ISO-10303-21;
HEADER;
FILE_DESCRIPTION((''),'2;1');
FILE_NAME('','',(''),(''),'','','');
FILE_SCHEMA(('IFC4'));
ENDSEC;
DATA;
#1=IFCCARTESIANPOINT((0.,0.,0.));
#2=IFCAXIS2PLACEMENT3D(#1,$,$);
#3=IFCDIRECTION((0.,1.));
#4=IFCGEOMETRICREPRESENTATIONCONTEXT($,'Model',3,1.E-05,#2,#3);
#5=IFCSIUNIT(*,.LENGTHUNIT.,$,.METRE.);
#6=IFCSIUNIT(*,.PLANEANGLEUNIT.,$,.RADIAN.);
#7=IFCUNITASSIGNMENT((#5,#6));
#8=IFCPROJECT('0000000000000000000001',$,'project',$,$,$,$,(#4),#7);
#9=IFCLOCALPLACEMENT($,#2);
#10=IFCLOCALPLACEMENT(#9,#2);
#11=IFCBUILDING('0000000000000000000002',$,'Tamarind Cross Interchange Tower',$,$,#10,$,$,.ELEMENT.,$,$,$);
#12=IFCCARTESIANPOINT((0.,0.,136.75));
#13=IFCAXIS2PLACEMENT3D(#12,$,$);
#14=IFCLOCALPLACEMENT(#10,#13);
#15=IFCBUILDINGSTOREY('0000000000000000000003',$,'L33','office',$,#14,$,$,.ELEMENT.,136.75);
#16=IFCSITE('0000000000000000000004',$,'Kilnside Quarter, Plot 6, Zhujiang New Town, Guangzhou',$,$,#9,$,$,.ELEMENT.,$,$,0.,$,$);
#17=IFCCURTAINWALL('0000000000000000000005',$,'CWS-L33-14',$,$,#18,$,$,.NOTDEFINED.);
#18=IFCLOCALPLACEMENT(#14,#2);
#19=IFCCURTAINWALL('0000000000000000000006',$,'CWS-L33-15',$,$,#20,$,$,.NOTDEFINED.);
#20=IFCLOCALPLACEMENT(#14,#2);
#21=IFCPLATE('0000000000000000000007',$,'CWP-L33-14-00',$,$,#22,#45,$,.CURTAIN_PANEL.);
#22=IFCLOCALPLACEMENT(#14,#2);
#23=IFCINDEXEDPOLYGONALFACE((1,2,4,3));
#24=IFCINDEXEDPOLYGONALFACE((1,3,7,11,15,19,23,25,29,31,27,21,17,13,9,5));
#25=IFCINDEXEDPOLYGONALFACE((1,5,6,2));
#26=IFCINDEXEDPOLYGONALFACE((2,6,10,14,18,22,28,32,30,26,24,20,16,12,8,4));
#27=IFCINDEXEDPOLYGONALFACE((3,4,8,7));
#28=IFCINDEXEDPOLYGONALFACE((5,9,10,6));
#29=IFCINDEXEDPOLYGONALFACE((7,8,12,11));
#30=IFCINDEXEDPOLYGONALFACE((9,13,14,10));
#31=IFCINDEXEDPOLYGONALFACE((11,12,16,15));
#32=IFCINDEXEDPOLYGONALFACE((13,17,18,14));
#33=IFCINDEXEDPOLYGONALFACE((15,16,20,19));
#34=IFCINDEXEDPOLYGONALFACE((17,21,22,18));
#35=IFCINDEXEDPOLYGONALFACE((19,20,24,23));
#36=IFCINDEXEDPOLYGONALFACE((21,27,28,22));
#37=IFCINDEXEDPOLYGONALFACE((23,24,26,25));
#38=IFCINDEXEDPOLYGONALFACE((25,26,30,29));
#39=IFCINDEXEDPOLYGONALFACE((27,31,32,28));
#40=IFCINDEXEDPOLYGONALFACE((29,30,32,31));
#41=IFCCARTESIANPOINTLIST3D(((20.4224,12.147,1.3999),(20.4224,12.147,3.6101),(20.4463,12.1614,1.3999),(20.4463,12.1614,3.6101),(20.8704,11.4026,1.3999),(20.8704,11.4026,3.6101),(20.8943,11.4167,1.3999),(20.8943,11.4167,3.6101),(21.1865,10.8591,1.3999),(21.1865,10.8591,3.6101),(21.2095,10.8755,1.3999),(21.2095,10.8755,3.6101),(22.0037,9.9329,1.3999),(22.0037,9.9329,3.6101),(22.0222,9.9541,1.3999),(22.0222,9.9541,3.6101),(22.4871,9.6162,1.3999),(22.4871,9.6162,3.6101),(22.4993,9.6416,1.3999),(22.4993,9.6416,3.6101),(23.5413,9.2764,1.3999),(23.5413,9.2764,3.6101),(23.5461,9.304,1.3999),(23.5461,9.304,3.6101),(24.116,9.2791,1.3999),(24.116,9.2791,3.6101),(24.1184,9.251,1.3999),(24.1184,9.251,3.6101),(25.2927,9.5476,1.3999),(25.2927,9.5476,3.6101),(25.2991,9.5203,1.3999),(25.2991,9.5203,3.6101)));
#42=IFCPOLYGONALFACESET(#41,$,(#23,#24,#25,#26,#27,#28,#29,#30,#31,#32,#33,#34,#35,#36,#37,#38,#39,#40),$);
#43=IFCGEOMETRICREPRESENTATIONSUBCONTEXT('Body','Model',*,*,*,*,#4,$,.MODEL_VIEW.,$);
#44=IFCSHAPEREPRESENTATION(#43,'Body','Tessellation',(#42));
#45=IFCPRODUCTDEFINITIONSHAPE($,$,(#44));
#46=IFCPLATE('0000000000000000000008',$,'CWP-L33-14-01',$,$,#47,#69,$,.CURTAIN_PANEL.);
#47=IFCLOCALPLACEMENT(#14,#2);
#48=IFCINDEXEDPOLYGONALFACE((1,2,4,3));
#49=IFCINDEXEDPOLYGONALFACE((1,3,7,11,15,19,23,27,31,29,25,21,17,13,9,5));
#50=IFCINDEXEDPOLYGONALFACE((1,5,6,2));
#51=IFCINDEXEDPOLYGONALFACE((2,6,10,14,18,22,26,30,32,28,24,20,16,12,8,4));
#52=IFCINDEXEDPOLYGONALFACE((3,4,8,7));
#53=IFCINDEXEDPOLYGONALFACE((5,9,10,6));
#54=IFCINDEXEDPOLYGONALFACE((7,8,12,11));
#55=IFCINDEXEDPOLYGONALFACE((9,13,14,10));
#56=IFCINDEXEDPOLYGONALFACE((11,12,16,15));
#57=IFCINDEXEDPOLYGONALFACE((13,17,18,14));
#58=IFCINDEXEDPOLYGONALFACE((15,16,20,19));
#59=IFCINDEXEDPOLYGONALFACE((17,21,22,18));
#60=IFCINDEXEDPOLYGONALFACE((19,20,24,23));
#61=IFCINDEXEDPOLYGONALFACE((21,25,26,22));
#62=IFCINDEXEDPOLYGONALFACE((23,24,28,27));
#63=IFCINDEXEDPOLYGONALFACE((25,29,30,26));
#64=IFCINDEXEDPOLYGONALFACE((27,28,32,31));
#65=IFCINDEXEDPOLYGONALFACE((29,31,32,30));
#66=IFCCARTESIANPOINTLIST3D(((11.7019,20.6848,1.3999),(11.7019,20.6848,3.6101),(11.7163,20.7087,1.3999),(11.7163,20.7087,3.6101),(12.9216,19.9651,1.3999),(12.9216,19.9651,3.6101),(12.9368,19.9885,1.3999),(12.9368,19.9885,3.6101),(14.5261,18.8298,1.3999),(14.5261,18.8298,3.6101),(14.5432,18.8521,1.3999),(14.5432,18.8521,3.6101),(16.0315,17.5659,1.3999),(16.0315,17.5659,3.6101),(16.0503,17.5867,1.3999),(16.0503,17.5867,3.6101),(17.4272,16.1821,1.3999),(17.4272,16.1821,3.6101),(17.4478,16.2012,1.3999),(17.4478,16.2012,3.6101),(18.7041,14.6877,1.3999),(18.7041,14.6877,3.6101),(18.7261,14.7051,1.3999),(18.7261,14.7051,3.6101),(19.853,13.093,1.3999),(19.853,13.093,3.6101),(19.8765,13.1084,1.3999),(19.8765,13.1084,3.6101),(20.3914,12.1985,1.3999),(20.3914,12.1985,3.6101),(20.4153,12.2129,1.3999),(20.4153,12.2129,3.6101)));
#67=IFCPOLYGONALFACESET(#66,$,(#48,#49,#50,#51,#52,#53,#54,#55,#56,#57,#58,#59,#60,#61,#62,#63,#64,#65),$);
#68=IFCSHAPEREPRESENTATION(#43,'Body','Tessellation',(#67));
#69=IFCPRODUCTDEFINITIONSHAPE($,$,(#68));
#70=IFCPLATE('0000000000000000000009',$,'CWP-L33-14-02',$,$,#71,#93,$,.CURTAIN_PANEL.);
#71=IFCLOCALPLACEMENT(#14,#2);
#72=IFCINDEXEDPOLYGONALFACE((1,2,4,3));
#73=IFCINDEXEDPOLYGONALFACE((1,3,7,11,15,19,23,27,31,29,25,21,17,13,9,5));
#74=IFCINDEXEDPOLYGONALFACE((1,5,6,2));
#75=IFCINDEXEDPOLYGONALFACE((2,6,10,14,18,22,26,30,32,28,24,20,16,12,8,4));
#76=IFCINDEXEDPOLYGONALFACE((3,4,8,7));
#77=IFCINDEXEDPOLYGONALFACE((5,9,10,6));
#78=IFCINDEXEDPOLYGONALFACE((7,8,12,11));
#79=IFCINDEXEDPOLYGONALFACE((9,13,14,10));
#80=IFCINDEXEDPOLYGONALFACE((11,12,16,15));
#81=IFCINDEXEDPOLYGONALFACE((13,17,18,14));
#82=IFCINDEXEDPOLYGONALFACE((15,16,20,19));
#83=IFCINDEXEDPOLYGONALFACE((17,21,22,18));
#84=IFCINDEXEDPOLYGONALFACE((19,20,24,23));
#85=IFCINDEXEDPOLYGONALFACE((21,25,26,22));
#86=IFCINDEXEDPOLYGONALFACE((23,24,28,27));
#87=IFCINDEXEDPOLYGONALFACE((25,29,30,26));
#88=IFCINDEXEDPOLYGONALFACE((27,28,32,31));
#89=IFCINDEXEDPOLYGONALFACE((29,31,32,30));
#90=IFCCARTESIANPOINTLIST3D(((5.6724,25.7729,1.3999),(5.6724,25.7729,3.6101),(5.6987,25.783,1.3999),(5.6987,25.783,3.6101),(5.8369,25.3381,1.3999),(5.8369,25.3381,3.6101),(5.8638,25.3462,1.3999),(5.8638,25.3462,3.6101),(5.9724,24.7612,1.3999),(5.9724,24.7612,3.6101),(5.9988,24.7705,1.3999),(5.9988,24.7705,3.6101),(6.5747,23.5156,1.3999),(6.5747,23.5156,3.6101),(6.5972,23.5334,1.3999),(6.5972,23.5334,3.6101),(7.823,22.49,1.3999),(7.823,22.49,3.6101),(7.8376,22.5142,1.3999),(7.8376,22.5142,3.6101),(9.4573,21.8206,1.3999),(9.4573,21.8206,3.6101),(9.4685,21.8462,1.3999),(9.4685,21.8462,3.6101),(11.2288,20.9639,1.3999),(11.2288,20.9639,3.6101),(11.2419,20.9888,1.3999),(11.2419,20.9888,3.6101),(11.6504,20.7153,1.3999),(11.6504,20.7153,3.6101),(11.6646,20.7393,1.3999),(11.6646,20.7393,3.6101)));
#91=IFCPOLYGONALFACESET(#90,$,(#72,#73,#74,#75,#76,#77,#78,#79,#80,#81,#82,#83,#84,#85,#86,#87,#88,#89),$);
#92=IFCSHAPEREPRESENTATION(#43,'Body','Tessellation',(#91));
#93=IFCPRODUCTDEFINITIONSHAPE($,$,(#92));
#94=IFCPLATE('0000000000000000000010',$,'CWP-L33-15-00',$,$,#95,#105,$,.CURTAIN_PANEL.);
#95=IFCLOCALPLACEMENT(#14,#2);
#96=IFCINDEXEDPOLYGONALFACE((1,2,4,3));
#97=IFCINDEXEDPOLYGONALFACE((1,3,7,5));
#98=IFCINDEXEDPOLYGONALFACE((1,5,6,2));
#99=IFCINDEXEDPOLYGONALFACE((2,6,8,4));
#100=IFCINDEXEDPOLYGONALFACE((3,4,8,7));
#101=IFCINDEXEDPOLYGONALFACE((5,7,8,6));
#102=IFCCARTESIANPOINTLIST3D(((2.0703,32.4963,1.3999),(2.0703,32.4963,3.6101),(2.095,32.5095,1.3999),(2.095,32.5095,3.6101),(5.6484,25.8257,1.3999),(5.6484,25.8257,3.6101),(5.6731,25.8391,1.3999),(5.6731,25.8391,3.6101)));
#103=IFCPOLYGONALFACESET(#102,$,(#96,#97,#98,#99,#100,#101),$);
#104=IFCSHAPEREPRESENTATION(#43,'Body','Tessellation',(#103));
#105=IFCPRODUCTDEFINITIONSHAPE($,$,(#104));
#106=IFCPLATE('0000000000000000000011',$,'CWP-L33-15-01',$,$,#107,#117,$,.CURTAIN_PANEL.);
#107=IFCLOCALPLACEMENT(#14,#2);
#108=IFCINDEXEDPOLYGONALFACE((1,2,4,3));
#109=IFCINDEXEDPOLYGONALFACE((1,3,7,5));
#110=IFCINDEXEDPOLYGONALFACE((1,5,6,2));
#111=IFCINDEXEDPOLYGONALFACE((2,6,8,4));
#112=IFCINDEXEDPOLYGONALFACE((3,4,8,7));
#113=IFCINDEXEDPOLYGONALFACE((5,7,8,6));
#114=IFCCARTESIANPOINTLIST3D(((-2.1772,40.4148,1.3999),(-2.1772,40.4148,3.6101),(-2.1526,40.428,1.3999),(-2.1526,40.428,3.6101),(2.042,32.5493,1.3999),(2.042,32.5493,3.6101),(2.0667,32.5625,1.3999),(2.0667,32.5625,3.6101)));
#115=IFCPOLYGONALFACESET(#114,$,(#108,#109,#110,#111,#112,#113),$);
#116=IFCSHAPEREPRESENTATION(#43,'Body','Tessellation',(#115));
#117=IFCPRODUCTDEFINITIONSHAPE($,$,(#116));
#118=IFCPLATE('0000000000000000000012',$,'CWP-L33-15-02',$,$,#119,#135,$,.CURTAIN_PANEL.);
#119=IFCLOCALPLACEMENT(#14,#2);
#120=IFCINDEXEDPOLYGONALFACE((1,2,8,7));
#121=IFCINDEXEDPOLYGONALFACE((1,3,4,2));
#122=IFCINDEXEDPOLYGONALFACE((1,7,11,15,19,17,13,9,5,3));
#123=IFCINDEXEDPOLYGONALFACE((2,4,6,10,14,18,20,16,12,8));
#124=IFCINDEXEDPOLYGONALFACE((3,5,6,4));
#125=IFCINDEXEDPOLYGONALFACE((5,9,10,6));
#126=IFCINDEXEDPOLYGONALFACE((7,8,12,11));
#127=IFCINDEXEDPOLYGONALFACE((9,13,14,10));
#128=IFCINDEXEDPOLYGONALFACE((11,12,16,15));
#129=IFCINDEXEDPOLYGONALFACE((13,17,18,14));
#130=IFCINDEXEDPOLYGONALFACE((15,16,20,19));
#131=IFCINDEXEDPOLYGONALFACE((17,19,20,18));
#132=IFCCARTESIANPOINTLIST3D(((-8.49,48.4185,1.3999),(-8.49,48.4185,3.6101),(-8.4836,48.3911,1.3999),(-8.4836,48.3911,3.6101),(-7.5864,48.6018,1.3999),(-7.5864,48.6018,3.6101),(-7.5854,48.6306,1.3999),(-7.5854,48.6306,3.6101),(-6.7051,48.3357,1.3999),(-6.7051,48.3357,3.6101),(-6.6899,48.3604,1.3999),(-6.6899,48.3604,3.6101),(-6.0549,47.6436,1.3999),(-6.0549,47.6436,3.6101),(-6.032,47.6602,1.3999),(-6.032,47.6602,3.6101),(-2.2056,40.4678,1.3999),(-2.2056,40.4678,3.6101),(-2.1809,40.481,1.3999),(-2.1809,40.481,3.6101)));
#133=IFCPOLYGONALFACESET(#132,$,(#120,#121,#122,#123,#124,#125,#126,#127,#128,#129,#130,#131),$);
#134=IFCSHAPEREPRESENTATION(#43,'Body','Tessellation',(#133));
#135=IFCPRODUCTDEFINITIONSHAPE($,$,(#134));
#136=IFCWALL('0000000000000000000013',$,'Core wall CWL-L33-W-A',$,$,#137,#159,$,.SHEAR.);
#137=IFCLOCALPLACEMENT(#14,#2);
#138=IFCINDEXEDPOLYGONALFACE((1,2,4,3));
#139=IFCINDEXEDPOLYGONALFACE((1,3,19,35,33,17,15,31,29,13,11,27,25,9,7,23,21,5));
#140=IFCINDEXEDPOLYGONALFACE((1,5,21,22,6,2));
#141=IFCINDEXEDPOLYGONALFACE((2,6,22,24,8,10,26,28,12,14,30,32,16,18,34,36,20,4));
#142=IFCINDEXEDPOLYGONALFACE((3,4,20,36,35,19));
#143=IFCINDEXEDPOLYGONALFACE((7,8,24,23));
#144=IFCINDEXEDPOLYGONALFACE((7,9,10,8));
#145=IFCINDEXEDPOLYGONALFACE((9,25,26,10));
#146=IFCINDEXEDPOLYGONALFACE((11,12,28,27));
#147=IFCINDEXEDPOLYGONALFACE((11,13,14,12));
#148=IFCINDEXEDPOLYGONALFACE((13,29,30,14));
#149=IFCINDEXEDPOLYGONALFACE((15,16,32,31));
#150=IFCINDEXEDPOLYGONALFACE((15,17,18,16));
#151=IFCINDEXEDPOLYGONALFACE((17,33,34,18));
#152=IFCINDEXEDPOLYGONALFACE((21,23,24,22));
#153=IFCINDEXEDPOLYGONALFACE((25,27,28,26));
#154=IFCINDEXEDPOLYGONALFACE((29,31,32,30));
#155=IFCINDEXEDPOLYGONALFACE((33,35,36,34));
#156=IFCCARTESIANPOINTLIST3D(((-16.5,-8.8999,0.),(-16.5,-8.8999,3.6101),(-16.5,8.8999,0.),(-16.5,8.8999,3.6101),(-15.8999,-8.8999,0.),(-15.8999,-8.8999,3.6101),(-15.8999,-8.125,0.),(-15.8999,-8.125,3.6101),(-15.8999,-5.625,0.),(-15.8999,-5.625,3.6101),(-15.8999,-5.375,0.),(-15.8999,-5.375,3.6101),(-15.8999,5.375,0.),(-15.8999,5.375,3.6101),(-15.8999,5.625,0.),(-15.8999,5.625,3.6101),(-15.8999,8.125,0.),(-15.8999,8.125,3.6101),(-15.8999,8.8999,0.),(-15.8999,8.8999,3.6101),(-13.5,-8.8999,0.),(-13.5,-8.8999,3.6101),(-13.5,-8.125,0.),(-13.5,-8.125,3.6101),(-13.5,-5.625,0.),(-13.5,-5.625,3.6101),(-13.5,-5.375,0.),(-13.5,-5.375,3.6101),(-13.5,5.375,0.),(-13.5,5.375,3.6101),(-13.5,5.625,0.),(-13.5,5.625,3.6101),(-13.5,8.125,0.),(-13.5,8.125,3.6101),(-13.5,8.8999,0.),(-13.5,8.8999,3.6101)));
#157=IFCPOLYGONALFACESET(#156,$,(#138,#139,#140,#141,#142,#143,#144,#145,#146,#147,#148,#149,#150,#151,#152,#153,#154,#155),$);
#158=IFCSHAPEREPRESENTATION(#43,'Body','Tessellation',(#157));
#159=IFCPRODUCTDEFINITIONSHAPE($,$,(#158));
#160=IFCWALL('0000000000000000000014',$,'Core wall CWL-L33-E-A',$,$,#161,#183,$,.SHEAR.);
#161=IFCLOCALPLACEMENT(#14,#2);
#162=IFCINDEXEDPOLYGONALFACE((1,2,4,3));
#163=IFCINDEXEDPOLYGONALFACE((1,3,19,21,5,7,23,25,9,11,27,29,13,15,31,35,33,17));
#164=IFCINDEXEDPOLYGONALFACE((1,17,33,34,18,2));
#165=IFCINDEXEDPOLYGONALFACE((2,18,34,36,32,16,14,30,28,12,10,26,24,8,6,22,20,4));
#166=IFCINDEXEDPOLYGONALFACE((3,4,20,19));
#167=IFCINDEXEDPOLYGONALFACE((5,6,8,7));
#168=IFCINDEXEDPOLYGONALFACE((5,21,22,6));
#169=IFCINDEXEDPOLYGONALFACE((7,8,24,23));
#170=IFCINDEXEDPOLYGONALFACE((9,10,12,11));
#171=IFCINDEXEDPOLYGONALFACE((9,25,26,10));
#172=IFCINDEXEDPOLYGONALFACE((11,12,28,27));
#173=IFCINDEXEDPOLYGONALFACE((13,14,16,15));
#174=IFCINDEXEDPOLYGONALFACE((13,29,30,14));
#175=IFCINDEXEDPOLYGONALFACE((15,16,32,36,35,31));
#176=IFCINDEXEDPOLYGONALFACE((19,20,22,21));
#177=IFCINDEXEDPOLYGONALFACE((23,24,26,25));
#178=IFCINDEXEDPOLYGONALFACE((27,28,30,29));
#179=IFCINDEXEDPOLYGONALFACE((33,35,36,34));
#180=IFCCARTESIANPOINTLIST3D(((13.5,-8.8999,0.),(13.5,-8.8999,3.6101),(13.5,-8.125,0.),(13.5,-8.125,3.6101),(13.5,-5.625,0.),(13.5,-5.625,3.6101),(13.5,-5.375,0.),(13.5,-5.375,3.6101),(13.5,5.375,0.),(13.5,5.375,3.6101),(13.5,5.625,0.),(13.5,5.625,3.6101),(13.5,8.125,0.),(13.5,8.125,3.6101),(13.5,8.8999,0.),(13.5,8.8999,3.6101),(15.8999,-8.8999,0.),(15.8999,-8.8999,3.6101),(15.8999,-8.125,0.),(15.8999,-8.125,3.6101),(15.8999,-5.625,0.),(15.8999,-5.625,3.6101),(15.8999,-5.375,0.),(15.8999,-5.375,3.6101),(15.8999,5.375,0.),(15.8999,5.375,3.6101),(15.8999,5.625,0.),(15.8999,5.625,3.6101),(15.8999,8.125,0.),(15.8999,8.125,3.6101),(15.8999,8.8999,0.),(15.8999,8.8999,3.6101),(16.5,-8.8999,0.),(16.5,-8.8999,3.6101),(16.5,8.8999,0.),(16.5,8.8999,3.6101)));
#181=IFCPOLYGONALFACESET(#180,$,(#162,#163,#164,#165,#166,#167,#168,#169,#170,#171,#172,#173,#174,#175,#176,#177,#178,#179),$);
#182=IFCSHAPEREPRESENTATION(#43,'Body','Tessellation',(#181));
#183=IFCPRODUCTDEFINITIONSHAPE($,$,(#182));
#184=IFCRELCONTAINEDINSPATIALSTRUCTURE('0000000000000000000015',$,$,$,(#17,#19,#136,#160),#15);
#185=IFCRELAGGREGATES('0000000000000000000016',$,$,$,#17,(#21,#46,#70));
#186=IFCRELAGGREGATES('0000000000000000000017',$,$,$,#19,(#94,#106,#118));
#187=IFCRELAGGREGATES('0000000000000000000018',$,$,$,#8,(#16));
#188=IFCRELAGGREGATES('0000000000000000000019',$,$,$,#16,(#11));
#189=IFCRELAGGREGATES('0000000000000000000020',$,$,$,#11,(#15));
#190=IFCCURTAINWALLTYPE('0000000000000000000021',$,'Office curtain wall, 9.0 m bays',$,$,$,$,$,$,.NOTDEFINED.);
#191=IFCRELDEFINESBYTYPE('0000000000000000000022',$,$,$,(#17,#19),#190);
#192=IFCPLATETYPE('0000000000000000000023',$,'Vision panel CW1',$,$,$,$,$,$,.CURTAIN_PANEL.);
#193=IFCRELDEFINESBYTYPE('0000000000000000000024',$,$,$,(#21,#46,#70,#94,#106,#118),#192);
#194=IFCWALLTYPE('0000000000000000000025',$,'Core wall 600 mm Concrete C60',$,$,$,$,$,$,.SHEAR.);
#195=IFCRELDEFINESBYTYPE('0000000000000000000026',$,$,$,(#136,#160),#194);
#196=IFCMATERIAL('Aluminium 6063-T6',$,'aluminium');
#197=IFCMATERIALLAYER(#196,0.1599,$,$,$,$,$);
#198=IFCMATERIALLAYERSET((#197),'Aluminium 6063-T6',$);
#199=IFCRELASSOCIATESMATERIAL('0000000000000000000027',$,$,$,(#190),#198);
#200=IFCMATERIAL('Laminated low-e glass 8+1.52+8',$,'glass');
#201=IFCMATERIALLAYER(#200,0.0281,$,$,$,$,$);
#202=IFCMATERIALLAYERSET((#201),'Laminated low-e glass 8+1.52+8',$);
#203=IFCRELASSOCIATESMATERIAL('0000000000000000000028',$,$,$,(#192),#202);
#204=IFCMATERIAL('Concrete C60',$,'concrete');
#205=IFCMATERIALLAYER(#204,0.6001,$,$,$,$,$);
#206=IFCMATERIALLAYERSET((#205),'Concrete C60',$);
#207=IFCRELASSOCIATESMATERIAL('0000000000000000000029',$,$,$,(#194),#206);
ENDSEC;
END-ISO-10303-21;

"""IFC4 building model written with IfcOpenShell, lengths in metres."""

from ifc_helpers import new_model, si_unit, direction, frame, origin, place, context, subcontext, project, spatial, polyline, outline, extrude, material, layer, layer_set, type_object, element, aggregate, save


model = new_model("IFC4")

# Units and contexts
model_context = context("Model", 3, precision=1e-05, world=origin(), true_north=direction((0.0, 1.0)))
body_context = subcontext(model_context, "Body", "Model", "MODEL_VIEW")
ifc_project = project(units=[si_unit("LENGTHUNIT", "METRE"), si_unit("PLANEANGLEUNIT", "RADIAN")], contexts=[model_context])

# Site, building, storey
site_placement = place(None, origin())
site = spatial("IfcSite", under=ifc_project, at=site_placement, Name="Kilnside Quarter, Plot 6, Zhujiang New Town, Guangzhou", CompositionType="ELEMENT", RefElevation=0.0)
building_placement = place(site_placement, origin())
building = spatial("IfcBuilding", under=site, at=building_placement, Name="Tamarind Cross Interchange Tower", CompositionType="ELEMENT")
storey_placement = place(building_placement, frame((0.0, 0.0, 136.75)))
storey = spatial("IfcBuildingStorey", under=building, at=storey_placement, Name="L33", Description="office", CompositionType="ELEMENT", Elevation=136.75)

# Curtain walls
ifc_material_1 = material(Name="Aluminium 6063-T6", Category="aluminium")
ifc_layer_1 = layer(ifc_material_1, 0.1599)
ifc_layer_set_1 = layer_set([ifc_layer_1], Name="Aluminium 6063-T6")
curtain_wall_type = type_object("IfcCurtainWallType", Name="Office curtain wall, 9.0 m bays", PredefinedType="NOTDEFINED", material=ifc_layer_set_1)
curtain_wall_1_placement = place(storey_placement, origin())
curtain_wall_1 = element("IfcCurtainWall", 1, at=curtain_wall_1_placement, inside=storey, type_object=curtain_wall_type, Name="CWS-L33-14", PredefinedType="NOTDEFINED")
curtain_wall_2_placement = place(storey_placement, origin())
curtain_wall_2 = element("IfcCurtainWall", 2, at=curtain_wall_2_placement, inside=storey, type_object=curtain_wall_type, Name="CWS-L33-15", PredefinedType="NOTDEFINED")

# Plates
ifc_material_2 = material(Name="Laminated low-e glass 8+1.52+8", Category="glass")
ifc_layer_2 = layer(ifc_material_2, 0.0281)
ifc_layer_set_2 = layer_set([ifc_layer_2], Name="Laminated low-e glass 8+1.52+8")
plate_type = type_object("IfcPlateType", Name="Vision panel CW1", PredefinedType="CURTAIN_PANEL", material=ifc_layer_set_2)
plate_1_placement = place(storey_placement, frame((0.0, 0.0, 1.3999)))
plate_1 = element("IfcPlate", 3, at=plate_1_placement, type_object=plate_type, Name="CWP-L33-14-00", PredefinedType="CURTAIN_PANEL", context=body_context, shape_type="SweptSolid", body=[
    extrude(outline(polyline([(25.2991, 9.5203), (24.1184, 9.251), (23.5413, 9.2764), (22.4871, 9.6162), (22.0037, 9.9329), (21.1865, 10.8591), (20.8704, 11.4026), (20.4224, 12.147), (20.4463, 12.1614), (20.8943, 11.4167), (21.2095, 10.8755), (22.0222, 9.9541), (22.4993, 9.6416), (23.5461, 9.304), (24.116, 9.2791), (25.2927, 9.5476), (25.2991, 9.5203)])), origin(), (0.0, 0.0, 1.0), 2.2102),
])
plate_2_placement = place(storey_placement, frame((0.0, 0.0, 1.3999)))
plate_2 = element("IfcPlate", 4, at=plate_2_placement, type_object=plate_type, Name="CWP-L33-14-01", PredefinedType="CURTAIN_PANEL", context=body_context, shape_type="SweptSolid", body=[
    extrude(outline(polyline([(20.3914, 12.1985), (19.853, 13.093), (18.7041, 14.6877), (17.4272, 16.1821), (16.0315, 17.5659), (14.5261, 18.8298), (12.9216, 19.9651), (11.7019, 20.6848), (11.7163, 20.7087), (12.9368, 19.9885), (14.5432, 18.8521), (16.0503, 17.5867), (17.4478, 16.2012), (18.7261, 14.7051), (19.8765, 13.1084), (20.4153, 12.2129), (20.3914, 12.1985)])), origin(), (0.0, 0.0, 1.0), 2.2102),
])
plate_3_placement = place(storey_placement, frame((0.0, 0.0, 1.3999)))
plate_3 = element("IfcPlate", 5, at=plate_3_placement, type_object=plate_type, Name="CWP-L33-14-02", PredefinedType="CURTAIN_PANEL", context=body_context, shape_type="SweptSolid", body=[
    extrude(outline(polyline([(11.6504, 20.7153), (11.2288, 20.9639), (9.4573, 21.8206), (7.823, 22.49), (6.5747, 23.5156), (5.9724, 24.7612), (5.8369, 25.3381), (5.6724, 25.7729), (5.6987, 25.783), (5.8638, 25.3462), (5.9988, 24.7705), (6.5972, 23.5334), (7.8376, 22.5142), (9.4685, 21.8462), (11.2419, 20.9888), (11.6646, 20.7393), (11.6504, 20.7153)])), origin(), (0.0, 0.0, 1.0), 2.2102),
])
aggregate(curtain_wall_1, [plate_1, plate_2, plate_3])
plate_4_placement = place(storey_placement, frame((0.0, 0.0, 1.3999)))
plate_4 = element("IfcPlate", 6, at=plate_4_placement, type_object=plate_type, Name="CWP-L33-15-00", PredefinedType="CURTAIN_PANEL", context=body_context, shape_type="SweptSolid", body=[
    extrude(outline(polyline([(5.6484, 25.8257), (2.0703, 32.4963), (2.095, 32.5095), (5.6731, 25.8391), (5.6484, 25.8257)])), origin(), (0.0, 0.0, 1.0), 2.2102),
])
plate_5_placement = place(storey_placement, frame((0.0, 0.0, 1.3999)))
plate_5 = element("IfcPlate", 7, at=plate_5_placement, type_object=plate_type, Name="CWP-L33-15-01", PredefinedType="CURTAIN_PANEL", context=body_context, shape_type="SweptSolid", body=[
    extrude(outline(polyline([(2.042, 32.5493), (-2.1772, 40.4148), (-2.1526, 40.428), (2.0667, 32.5625), (2.042, 32.5493)])), origin(), (0.0, 0.0, 1.0), 2.2102),
])
plate_6_placement = place(storey_placement, frame((0.0, 0.0, 1.3999)))
plate_6 = element("IfcPlate", 8, at=plate_6_placement, type_object=plate_type, Name="CWP-L33-15-02", PredefinedType="CURTAIN_PANEL", context=body_context, shape_type="SweptSolid", body=[
    extrude(outline(polyline([(-2.2056, 40.4678), (-6.0549, 47.6436), (-6.7051, 48.3357), (-7.5864, 48.6018), (-8.4836, 48.3911), (-8.49, 48.4185), (-7.5854, 48.6306), (-6.6899, 48.3604), (-6.032, 47.6602), (-2.1809, 40.481), (-2.2056, 40.4678)])), origin(), (0.0, 0.0, 1.0), 2.2102),
])
aggregate(curtain_wall_2, [plate_4, plate_5, plate_6])

# Walls
ifc_material_3 = material(Name="Concrete C60", Category="concrete")
ifc_layer_3 = layer(ifc_material_3, 0.6001)
ifc_layer_set_3 = layer_set([ifc_layer_3], Name="Concrete C60")
wall_type_1 = type_object("IfcWallType", Name="Core wall 600 mm Concrete C60", PredefinedType="SHEAR", material=ifc_layer_set_3)
wall_1_placement = place(storey_placement, origin())
element("IfcWall", 9, at=wall_1_placement, inside=storey, type_object=wall_type_1, Name="Core wall CWL-L33-W-A", PredefinedType="SHEAR", context=body_context, shape_type="SweptSolid", body=[
    extrude(outline(polyline([(-13.5, -8.125), (-15.8999, -8.125), (-15.8999, -5.625), (-13.5, -5.625), (-13.5, -5.375), (-15.8999, -5.375), (-15.8999, 5.375), (-13.5, 5.375), (-13.5, 5.625), (-15.8999, 5.625), (-15.8999, 8.125), (-13.5, 8.125), (-13.5, 8.8999), (-15.8999, 8.8999), (-16.5, 8.8999), (-16.5, -8.8999), (-15.8999, -8.8999), (-13.5, -8.8999), (-13.5, -8.125)])), origin(), (0.0, 0.0, 1.0), 3.6101),
])
wall_2_placement = place(storey_placement, origin())
element("IfcWall", 10, at=wall_2_placement, inside=storey, type_object=wall_type_1, Name="Core wall CWL-L33-E-A", PredefinedType="SHEAR", context=body_context, shape_type="SweptSolid", body=[
    extrude(outline(polyline([(13.5, -8.125), (13.5, -8.8999), (15.8999, -8.8999), (16.5, -8.8999), (16.5, 8.8999), (15.8999, 8.8999), (13.5, 8.8999), (13.5, 8.125), (15.8999, 8.125), (15.8999, 5.625), (13.5, 5.625), (13.5, 5.375), (15.8999, 5.375), (15.8999, -5.375), (13.5, -5.375), (13.5, -5.625), (15.8999, -5.625), (15.8999, -8.125), (13.5, -8.125)])), origin(), (0.0, 0.0, 1.0), 3.6101),
])

save(model, "model.ifc")
